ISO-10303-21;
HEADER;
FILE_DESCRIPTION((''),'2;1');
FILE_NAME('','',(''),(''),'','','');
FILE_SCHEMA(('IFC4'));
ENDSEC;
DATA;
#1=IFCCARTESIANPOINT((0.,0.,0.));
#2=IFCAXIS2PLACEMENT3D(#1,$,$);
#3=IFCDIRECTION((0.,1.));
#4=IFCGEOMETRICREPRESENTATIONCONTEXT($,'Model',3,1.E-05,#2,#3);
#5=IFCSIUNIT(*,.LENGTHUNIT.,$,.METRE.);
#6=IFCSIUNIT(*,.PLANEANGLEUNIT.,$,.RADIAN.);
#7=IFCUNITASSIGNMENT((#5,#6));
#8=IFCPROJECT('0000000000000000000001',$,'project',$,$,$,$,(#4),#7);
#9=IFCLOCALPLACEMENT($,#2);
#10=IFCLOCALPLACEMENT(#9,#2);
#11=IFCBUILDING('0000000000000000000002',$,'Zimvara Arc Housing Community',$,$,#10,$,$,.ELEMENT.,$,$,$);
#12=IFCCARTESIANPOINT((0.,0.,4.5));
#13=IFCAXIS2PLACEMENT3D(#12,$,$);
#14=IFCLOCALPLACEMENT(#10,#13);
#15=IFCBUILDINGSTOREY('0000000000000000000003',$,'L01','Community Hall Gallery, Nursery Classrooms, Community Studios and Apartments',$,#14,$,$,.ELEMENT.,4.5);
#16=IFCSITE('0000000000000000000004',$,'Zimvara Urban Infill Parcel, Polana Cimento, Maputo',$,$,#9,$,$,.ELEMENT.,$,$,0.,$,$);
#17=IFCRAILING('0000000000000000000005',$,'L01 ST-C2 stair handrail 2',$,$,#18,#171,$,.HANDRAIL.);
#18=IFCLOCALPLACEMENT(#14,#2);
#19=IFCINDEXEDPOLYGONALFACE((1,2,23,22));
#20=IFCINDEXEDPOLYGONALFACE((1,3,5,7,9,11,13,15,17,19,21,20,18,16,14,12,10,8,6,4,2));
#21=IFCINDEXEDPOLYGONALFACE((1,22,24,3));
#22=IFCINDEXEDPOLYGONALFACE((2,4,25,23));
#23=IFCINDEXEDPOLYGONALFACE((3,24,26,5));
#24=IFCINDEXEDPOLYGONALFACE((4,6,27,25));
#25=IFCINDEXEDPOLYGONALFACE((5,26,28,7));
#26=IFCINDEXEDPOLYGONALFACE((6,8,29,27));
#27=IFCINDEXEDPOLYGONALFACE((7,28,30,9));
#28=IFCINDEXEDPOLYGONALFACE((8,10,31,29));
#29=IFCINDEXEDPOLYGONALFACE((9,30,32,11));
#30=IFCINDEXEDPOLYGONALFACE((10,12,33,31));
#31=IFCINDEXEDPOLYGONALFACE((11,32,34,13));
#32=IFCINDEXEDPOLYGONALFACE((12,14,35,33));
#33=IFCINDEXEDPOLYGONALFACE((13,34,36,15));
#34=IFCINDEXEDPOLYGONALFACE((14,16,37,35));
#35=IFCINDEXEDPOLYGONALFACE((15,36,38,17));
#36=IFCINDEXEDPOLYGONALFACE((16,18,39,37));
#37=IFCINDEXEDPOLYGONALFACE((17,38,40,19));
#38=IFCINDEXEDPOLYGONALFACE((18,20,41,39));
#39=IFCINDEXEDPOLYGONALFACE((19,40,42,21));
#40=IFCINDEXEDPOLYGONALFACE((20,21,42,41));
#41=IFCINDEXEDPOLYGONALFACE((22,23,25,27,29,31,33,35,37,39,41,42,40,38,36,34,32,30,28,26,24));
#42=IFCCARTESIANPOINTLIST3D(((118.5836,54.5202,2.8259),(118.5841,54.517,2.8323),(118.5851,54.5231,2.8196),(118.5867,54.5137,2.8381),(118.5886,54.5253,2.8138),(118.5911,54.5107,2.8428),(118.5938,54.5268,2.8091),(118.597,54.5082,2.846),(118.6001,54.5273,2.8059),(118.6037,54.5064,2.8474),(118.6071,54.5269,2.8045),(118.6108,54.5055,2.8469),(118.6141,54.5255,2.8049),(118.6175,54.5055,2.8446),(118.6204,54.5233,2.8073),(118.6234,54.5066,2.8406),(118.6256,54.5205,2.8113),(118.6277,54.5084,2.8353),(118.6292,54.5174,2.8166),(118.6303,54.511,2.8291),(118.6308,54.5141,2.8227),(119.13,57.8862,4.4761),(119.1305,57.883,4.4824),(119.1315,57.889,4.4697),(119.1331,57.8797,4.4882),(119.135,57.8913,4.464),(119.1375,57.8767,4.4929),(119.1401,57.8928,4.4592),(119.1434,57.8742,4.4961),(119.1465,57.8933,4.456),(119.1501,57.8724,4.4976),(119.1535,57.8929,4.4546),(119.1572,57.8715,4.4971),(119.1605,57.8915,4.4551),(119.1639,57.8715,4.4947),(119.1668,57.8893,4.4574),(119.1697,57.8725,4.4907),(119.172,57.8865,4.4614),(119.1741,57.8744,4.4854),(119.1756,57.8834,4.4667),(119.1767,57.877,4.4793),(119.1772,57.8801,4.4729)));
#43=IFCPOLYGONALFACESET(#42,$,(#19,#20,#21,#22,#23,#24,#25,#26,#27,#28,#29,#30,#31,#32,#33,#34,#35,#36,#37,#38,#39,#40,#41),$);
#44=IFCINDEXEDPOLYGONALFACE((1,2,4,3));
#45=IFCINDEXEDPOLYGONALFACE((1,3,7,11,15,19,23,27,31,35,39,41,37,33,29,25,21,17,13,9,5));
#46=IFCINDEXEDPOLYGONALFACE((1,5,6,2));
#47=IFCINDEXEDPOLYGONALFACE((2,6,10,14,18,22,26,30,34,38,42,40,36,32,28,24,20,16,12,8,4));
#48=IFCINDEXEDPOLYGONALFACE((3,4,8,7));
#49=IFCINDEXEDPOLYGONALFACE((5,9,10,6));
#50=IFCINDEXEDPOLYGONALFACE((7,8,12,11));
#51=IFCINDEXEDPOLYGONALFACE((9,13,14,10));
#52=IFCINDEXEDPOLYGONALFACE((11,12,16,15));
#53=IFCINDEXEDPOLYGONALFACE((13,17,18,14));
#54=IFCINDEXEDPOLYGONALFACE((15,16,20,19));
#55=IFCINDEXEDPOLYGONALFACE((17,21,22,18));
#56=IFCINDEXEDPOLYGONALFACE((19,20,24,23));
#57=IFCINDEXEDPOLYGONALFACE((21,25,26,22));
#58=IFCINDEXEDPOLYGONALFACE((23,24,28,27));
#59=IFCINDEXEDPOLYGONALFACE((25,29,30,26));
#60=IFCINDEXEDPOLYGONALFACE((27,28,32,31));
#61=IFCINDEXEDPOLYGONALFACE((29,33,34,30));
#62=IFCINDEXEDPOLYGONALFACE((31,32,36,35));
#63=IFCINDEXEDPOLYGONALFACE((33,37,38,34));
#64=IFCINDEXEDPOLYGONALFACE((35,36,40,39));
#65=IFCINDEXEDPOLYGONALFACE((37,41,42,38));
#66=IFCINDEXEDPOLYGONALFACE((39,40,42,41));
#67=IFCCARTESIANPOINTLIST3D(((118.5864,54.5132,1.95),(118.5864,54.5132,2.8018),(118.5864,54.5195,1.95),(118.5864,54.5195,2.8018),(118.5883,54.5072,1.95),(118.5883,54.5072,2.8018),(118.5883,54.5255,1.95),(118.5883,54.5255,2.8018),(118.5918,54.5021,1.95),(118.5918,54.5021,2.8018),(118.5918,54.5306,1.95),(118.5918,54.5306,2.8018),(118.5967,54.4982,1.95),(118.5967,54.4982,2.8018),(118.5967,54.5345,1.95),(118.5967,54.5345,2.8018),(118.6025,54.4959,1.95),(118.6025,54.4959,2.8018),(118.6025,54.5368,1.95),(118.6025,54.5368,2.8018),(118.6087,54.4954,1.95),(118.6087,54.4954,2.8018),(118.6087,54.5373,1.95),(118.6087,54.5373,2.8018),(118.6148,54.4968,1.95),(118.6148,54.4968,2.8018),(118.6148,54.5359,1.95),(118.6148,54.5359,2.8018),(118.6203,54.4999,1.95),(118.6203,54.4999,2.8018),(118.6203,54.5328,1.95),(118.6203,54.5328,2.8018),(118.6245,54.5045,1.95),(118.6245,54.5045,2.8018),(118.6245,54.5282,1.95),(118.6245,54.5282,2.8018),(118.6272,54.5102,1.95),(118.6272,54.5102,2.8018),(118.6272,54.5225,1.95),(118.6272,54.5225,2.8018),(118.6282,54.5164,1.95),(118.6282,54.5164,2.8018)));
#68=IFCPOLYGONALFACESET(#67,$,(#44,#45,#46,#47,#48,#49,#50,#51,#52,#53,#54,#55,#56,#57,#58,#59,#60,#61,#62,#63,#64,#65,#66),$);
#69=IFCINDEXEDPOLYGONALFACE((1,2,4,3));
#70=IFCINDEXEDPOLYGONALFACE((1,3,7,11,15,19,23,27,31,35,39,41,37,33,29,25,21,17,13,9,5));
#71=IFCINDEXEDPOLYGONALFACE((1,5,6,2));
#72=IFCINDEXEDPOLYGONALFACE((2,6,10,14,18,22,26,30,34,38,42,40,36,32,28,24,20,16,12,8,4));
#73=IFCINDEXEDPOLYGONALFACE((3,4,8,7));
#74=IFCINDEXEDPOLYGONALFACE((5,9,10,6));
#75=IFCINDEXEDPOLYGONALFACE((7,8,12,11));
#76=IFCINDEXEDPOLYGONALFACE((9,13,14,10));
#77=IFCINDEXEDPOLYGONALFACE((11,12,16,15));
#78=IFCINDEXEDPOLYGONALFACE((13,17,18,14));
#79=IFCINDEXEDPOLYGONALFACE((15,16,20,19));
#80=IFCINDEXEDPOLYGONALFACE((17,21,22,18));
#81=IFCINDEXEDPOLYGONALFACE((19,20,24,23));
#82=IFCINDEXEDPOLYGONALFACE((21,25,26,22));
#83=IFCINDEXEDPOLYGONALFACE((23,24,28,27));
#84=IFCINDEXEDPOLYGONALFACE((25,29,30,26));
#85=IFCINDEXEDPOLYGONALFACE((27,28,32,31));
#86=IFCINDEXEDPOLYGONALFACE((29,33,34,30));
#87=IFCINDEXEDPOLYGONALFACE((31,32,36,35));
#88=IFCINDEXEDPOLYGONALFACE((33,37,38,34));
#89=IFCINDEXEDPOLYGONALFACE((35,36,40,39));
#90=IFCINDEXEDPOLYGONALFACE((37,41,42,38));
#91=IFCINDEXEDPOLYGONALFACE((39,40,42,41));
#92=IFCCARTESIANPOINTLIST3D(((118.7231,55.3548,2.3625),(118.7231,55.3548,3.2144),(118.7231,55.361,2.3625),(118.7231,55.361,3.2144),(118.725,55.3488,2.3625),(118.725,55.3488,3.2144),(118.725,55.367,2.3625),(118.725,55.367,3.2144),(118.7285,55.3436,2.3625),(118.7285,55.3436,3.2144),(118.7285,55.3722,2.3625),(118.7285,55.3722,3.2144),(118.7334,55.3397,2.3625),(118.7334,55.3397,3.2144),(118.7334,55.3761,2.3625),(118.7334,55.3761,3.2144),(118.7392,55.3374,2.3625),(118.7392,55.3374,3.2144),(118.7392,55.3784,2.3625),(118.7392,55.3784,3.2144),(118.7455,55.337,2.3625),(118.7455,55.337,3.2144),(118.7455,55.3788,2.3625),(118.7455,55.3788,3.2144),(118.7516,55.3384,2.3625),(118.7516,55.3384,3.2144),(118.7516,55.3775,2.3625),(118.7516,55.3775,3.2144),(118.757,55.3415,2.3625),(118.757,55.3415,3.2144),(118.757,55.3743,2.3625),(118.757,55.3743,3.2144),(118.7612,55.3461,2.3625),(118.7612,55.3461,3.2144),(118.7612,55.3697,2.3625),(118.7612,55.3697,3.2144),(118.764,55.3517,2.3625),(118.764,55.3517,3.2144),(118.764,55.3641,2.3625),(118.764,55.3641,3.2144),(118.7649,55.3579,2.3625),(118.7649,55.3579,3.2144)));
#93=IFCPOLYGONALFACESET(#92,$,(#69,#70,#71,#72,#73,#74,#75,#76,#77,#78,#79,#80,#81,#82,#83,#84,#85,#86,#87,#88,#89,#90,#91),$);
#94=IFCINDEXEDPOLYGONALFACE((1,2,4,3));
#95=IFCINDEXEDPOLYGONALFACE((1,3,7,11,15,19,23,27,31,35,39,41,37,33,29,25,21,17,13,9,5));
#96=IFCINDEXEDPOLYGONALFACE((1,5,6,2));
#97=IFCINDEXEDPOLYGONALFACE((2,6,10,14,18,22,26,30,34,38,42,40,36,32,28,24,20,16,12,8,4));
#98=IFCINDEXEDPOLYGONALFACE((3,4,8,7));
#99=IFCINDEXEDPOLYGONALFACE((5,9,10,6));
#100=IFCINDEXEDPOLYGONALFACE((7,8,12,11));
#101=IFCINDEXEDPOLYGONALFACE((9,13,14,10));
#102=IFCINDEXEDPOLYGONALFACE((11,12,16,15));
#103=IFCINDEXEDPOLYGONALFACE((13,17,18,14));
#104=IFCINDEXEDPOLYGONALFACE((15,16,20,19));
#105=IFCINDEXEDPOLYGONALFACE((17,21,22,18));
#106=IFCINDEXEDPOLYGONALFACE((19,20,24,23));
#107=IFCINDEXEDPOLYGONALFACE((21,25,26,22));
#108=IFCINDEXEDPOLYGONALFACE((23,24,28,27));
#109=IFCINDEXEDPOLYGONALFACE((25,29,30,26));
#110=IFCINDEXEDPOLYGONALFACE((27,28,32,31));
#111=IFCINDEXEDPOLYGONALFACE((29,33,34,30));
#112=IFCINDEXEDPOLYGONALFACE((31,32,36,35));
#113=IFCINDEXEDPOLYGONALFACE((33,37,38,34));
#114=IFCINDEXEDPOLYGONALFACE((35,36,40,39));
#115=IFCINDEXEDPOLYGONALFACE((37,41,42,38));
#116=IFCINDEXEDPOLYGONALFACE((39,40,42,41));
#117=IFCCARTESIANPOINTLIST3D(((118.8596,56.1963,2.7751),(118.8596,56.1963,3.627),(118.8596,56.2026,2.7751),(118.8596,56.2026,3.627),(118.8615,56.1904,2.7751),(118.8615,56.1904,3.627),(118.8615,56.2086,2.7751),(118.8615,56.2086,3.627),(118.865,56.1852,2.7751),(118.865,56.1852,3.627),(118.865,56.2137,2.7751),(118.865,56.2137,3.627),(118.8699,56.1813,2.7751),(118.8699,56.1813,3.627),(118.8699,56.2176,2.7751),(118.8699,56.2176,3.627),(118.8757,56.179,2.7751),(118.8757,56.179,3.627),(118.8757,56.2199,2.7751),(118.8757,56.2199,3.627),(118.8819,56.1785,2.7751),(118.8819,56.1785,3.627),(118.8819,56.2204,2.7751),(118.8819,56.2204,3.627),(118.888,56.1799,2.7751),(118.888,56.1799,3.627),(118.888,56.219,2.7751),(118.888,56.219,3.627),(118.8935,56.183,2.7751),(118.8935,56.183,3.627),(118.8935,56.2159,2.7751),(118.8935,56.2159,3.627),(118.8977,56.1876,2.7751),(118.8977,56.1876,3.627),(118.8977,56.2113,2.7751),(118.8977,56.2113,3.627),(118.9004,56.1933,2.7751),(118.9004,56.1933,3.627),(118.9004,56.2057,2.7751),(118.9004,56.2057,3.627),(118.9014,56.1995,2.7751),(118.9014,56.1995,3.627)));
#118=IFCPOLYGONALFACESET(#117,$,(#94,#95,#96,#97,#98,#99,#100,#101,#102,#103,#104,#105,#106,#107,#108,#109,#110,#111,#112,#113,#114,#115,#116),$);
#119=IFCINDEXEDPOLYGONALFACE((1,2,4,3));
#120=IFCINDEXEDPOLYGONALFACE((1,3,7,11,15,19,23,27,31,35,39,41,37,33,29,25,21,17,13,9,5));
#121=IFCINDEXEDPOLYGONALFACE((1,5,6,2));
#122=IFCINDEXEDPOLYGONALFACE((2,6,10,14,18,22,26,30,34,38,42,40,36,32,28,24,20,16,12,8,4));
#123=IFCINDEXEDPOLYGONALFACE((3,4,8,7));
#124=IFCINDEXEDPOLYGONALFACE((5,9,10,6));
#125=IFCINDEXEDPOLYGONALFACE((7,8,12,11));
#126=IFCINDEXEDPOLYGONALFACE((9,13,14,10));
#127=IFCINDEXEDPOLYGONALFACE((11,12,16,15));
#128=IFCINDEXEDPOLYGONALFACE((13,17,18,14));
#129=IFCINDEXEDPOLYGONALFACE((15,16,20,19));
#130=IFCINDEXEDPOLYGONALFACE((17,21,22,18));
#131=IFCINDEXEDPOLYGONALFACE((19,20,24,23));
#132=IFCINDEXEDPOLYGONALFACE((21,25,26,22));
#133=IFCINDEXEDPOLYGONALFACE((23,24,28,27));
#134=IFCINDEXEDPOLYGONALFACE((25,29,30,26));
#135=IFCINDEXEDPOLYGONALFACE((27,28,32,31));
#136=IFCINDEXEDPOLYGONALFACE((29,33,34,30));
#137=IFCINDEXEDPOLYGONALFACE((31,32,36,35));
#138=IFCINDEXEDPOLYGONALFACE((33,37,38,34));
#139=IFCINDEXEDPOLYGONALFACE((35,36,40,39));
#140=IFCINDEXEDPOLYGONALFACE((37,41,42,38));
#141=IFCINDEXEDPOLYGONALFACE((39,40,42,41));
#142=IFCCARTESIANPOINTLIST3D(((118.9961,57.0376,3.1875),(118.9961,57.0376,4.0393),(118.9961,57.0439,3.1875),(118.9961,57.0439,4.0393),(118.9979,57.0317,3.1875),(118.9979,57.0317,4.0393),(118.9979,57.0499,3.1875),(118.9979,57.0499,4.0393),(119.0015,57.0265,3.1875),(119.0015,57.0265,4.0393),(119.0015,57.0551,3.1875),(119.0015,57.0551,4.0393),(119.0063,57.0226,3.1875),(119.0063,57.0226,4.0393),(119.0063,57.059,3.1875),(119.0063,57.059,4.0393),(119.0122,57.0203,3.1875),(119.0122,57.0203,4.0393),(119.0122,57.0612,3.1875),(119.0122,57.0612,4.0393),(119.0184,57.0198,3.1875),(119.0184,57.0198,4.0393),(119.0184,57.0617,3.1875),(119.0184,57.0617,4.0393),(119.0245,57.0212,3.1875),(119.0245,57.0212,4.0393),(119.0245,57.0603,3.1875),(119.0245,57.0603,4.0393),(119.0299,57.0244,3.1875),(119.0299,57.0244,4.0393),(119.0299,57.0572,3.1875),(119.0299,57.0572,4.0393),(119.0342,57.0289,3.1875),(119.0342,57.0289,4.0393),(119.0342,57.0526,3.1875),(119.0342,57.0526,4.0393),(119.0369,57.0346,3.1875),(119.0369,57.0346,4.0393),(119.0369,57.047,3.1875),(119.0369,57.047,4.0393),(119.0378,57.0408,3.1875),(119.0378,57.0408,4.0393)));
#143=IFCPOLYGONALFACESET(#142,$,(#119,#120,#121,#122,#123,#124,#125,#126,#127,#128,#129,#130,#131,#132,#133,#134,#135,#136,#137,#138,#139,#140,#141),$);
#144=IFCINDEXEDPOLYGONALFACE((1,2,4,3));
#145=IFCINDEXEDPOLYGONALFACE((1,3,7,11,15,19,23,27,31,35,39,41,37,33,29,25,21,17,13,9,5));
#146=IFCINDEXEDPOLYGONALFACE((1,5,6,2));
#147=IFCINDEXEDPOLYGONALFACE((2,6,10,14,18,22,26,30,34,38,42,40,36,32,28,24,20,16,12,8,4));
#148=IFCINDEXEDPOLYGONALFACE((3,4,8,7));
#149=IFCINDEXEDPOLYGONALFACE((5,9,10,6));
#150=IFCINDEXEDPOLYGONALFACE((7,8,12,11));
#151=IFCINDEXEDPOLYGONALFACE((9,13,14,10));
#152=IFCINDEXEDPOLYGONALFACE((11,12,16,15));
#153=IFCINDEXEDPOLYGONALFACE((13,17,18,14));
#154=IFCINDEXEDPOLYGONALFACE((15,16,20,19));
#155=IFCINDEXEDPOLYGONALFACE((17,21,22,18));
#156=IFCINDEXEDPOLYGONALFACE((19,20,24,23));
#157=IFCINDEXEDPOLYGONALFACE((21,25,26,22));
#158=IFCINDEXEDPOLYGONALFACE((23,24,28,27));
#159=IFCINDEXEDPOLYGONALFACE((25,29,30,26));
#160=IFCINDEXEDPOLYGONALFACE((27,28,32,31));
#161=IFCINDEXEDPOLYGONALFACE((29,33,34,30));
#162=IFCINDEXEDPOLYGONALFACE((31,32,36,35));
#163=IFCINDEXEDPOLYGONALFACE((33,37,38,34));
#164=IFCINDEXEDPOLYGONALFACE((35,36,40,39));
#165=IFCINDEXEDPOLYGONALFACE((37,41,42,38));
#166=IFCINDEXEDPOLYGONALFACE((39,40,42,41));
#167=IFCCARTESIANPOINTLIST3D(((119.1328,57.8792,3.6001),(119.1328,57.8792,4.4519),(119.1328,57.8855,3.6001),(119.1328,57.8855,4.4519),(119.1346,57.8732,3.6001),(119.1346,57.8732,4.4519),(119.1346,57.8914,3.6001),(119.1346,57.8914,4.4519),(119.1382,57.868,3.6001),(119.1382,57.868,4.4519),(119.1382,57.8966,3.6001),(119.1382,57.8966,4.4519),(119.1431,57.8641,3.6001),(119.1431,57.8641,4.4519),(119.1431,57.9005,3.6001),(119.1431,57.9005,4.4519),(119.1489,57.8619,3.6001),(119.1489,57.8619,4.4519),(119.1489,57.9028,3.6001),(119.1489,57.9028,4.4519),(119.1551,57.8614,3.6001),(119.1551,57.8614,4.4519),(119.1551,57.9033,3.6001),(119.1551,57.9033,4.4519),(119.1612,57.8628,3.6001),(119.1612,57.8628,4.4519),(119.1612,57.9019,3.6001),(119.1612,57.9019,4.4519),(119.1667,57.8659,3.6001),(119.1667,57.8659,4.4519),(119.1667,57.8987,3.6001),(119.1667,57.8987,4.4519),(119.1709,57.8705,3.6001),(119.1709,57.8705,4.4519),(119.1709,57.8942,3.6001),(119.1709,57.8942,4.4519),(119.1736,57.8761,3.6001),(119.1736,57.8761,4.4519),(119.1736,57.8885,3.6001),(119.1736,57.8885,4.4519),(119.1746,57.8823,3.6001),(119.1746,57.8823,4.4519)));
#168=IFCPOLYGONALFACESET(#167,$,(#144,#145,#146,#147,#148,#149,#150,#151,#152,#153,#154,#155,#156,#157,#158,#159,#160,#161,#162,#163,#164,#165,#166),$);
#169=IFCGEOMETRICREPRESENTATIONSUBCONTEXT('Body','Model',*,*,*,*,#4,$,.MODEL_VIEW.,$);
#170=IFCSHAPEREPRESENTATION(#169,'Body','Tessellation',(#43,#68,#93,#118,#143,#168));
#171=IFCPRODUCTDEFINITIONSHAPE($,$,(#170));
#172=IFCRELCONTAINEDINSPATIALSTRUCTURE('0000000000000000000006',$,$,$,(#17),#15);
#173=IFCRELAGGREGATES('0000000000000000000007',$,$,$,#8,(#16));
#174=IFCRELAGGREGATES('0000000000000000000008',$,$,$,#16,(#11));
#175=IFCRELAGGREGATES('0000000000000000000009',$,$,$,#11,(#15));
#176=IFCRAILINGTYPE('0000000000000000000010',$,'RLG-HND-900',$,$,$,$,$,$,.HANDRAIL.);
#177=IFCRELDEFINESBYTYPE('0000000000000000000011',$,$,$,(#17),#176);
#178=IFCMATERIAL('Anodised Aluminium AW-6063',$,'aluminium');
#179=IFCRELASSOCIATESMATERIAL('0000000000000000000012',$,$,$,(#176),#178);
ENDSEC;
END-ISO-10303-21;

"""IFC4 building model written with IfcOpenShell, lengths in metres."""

from ifc_helpers import new_model, si_unit, direction, frame, origin, origin_2d, place, context, subcontext, project, spatial, circle, extrude, material, type_object, element, save


model = new_model("IFC4")

# Units and contexts
model_context = context("Model", 3, precision=1e-05, world=origin(), true_north=direction((0.0, 1.0)))
body_context = subcontext(model_context, "Body", "Model", "MODEL_VIEW")
ifc_project = project(units=[si_unit("LENGTHUNIT", "METRE"), si_unit("PLANEANGLEUNIT", "RADIAN")], contexts=[model_context])

# Site, building, storey
site_placement = place(None, origin())
site = spatial("IfcSite", under=ifc_project, at=site_placement, Name="Zimvara Urban Infill Parcel, Polana Cimento, Maputo", CompositionType="ELEMENT", RefElevation=0.0)
building_placement = place(site_placement, origin())
building = spatial("IfcBuilding", under=site, at=building_placement, Name="Zimvara Arc Housing Community", CompositionType="ELEMENT")
storey_placement = place(building_placement, frame((0.0, 0.0, 4.5)))
storey = spatial("IfcBuildingStorey", under=building, at=storey_placement, Name="L01", Description="Community Hall Gallery, Nursery Classrooms, Community Studios and Apartments", CompositionType="ELEMENT", Elevation=4.5)

# Railing
ifc_material_1 = material(Name="Anodised Aluminium AW-6063", Category="aluminium")
railing_type = type_object("IfcRailingType", Name="RLG-HND-900", PredefinedType="HANDRAIL", material=ifc_material_1)
railing_placement = place(storey_placement, frame((118.6072, 54.5164, 1.95)))
element("IfcRailing", 1, at=railing_placement, inside=storey, type_object=railing_type, Name="L01 ST-C2 stair handrail 2", PredefinedType="HANDRAIL", context=body_context, shape_type="SweptSolid", body=[
    extrude(circle(Radius=0.0239, at=origin_2d()), frame((0.0, 0.0, 0.876), z_axis=(0.14423, 0.888515, 0.43559), x_axis=(-0.98708, 0.16023, 0.0)), (0.0, 0.0, 1.0), 3.7883),
    extrude(circle(Radius=0.021, at=origin_2d()), origin(), (0.0, 0.0, 1.0), 0.8518),
    extrude(circle(Radius=0.021, at=origin_2d()), frame((0.1367, 0.8416, 0.4126)), (0.0, 0.0, 1.0), 0.8518),
    extrude(circle(Radius=0.021, at=origin_2d()), frame((0.2732, 1.6831, 0.8252)), (0.0, 0.0, 1.0), 0.8518),
    extrude(circle(Radius=0.021, at=origin_2d()), frame((0.4097, 2.5244, 1.2375)), (0.0, 0.0, 1.0), 0.8518),
    extrude(circle(Radius=0.021, at=origin_2d()), frame((0.5464, 3.366, 1.6501)), (0.0, 0.0, 1.0), 0.8518),
])

save(model, "model.ifc")
